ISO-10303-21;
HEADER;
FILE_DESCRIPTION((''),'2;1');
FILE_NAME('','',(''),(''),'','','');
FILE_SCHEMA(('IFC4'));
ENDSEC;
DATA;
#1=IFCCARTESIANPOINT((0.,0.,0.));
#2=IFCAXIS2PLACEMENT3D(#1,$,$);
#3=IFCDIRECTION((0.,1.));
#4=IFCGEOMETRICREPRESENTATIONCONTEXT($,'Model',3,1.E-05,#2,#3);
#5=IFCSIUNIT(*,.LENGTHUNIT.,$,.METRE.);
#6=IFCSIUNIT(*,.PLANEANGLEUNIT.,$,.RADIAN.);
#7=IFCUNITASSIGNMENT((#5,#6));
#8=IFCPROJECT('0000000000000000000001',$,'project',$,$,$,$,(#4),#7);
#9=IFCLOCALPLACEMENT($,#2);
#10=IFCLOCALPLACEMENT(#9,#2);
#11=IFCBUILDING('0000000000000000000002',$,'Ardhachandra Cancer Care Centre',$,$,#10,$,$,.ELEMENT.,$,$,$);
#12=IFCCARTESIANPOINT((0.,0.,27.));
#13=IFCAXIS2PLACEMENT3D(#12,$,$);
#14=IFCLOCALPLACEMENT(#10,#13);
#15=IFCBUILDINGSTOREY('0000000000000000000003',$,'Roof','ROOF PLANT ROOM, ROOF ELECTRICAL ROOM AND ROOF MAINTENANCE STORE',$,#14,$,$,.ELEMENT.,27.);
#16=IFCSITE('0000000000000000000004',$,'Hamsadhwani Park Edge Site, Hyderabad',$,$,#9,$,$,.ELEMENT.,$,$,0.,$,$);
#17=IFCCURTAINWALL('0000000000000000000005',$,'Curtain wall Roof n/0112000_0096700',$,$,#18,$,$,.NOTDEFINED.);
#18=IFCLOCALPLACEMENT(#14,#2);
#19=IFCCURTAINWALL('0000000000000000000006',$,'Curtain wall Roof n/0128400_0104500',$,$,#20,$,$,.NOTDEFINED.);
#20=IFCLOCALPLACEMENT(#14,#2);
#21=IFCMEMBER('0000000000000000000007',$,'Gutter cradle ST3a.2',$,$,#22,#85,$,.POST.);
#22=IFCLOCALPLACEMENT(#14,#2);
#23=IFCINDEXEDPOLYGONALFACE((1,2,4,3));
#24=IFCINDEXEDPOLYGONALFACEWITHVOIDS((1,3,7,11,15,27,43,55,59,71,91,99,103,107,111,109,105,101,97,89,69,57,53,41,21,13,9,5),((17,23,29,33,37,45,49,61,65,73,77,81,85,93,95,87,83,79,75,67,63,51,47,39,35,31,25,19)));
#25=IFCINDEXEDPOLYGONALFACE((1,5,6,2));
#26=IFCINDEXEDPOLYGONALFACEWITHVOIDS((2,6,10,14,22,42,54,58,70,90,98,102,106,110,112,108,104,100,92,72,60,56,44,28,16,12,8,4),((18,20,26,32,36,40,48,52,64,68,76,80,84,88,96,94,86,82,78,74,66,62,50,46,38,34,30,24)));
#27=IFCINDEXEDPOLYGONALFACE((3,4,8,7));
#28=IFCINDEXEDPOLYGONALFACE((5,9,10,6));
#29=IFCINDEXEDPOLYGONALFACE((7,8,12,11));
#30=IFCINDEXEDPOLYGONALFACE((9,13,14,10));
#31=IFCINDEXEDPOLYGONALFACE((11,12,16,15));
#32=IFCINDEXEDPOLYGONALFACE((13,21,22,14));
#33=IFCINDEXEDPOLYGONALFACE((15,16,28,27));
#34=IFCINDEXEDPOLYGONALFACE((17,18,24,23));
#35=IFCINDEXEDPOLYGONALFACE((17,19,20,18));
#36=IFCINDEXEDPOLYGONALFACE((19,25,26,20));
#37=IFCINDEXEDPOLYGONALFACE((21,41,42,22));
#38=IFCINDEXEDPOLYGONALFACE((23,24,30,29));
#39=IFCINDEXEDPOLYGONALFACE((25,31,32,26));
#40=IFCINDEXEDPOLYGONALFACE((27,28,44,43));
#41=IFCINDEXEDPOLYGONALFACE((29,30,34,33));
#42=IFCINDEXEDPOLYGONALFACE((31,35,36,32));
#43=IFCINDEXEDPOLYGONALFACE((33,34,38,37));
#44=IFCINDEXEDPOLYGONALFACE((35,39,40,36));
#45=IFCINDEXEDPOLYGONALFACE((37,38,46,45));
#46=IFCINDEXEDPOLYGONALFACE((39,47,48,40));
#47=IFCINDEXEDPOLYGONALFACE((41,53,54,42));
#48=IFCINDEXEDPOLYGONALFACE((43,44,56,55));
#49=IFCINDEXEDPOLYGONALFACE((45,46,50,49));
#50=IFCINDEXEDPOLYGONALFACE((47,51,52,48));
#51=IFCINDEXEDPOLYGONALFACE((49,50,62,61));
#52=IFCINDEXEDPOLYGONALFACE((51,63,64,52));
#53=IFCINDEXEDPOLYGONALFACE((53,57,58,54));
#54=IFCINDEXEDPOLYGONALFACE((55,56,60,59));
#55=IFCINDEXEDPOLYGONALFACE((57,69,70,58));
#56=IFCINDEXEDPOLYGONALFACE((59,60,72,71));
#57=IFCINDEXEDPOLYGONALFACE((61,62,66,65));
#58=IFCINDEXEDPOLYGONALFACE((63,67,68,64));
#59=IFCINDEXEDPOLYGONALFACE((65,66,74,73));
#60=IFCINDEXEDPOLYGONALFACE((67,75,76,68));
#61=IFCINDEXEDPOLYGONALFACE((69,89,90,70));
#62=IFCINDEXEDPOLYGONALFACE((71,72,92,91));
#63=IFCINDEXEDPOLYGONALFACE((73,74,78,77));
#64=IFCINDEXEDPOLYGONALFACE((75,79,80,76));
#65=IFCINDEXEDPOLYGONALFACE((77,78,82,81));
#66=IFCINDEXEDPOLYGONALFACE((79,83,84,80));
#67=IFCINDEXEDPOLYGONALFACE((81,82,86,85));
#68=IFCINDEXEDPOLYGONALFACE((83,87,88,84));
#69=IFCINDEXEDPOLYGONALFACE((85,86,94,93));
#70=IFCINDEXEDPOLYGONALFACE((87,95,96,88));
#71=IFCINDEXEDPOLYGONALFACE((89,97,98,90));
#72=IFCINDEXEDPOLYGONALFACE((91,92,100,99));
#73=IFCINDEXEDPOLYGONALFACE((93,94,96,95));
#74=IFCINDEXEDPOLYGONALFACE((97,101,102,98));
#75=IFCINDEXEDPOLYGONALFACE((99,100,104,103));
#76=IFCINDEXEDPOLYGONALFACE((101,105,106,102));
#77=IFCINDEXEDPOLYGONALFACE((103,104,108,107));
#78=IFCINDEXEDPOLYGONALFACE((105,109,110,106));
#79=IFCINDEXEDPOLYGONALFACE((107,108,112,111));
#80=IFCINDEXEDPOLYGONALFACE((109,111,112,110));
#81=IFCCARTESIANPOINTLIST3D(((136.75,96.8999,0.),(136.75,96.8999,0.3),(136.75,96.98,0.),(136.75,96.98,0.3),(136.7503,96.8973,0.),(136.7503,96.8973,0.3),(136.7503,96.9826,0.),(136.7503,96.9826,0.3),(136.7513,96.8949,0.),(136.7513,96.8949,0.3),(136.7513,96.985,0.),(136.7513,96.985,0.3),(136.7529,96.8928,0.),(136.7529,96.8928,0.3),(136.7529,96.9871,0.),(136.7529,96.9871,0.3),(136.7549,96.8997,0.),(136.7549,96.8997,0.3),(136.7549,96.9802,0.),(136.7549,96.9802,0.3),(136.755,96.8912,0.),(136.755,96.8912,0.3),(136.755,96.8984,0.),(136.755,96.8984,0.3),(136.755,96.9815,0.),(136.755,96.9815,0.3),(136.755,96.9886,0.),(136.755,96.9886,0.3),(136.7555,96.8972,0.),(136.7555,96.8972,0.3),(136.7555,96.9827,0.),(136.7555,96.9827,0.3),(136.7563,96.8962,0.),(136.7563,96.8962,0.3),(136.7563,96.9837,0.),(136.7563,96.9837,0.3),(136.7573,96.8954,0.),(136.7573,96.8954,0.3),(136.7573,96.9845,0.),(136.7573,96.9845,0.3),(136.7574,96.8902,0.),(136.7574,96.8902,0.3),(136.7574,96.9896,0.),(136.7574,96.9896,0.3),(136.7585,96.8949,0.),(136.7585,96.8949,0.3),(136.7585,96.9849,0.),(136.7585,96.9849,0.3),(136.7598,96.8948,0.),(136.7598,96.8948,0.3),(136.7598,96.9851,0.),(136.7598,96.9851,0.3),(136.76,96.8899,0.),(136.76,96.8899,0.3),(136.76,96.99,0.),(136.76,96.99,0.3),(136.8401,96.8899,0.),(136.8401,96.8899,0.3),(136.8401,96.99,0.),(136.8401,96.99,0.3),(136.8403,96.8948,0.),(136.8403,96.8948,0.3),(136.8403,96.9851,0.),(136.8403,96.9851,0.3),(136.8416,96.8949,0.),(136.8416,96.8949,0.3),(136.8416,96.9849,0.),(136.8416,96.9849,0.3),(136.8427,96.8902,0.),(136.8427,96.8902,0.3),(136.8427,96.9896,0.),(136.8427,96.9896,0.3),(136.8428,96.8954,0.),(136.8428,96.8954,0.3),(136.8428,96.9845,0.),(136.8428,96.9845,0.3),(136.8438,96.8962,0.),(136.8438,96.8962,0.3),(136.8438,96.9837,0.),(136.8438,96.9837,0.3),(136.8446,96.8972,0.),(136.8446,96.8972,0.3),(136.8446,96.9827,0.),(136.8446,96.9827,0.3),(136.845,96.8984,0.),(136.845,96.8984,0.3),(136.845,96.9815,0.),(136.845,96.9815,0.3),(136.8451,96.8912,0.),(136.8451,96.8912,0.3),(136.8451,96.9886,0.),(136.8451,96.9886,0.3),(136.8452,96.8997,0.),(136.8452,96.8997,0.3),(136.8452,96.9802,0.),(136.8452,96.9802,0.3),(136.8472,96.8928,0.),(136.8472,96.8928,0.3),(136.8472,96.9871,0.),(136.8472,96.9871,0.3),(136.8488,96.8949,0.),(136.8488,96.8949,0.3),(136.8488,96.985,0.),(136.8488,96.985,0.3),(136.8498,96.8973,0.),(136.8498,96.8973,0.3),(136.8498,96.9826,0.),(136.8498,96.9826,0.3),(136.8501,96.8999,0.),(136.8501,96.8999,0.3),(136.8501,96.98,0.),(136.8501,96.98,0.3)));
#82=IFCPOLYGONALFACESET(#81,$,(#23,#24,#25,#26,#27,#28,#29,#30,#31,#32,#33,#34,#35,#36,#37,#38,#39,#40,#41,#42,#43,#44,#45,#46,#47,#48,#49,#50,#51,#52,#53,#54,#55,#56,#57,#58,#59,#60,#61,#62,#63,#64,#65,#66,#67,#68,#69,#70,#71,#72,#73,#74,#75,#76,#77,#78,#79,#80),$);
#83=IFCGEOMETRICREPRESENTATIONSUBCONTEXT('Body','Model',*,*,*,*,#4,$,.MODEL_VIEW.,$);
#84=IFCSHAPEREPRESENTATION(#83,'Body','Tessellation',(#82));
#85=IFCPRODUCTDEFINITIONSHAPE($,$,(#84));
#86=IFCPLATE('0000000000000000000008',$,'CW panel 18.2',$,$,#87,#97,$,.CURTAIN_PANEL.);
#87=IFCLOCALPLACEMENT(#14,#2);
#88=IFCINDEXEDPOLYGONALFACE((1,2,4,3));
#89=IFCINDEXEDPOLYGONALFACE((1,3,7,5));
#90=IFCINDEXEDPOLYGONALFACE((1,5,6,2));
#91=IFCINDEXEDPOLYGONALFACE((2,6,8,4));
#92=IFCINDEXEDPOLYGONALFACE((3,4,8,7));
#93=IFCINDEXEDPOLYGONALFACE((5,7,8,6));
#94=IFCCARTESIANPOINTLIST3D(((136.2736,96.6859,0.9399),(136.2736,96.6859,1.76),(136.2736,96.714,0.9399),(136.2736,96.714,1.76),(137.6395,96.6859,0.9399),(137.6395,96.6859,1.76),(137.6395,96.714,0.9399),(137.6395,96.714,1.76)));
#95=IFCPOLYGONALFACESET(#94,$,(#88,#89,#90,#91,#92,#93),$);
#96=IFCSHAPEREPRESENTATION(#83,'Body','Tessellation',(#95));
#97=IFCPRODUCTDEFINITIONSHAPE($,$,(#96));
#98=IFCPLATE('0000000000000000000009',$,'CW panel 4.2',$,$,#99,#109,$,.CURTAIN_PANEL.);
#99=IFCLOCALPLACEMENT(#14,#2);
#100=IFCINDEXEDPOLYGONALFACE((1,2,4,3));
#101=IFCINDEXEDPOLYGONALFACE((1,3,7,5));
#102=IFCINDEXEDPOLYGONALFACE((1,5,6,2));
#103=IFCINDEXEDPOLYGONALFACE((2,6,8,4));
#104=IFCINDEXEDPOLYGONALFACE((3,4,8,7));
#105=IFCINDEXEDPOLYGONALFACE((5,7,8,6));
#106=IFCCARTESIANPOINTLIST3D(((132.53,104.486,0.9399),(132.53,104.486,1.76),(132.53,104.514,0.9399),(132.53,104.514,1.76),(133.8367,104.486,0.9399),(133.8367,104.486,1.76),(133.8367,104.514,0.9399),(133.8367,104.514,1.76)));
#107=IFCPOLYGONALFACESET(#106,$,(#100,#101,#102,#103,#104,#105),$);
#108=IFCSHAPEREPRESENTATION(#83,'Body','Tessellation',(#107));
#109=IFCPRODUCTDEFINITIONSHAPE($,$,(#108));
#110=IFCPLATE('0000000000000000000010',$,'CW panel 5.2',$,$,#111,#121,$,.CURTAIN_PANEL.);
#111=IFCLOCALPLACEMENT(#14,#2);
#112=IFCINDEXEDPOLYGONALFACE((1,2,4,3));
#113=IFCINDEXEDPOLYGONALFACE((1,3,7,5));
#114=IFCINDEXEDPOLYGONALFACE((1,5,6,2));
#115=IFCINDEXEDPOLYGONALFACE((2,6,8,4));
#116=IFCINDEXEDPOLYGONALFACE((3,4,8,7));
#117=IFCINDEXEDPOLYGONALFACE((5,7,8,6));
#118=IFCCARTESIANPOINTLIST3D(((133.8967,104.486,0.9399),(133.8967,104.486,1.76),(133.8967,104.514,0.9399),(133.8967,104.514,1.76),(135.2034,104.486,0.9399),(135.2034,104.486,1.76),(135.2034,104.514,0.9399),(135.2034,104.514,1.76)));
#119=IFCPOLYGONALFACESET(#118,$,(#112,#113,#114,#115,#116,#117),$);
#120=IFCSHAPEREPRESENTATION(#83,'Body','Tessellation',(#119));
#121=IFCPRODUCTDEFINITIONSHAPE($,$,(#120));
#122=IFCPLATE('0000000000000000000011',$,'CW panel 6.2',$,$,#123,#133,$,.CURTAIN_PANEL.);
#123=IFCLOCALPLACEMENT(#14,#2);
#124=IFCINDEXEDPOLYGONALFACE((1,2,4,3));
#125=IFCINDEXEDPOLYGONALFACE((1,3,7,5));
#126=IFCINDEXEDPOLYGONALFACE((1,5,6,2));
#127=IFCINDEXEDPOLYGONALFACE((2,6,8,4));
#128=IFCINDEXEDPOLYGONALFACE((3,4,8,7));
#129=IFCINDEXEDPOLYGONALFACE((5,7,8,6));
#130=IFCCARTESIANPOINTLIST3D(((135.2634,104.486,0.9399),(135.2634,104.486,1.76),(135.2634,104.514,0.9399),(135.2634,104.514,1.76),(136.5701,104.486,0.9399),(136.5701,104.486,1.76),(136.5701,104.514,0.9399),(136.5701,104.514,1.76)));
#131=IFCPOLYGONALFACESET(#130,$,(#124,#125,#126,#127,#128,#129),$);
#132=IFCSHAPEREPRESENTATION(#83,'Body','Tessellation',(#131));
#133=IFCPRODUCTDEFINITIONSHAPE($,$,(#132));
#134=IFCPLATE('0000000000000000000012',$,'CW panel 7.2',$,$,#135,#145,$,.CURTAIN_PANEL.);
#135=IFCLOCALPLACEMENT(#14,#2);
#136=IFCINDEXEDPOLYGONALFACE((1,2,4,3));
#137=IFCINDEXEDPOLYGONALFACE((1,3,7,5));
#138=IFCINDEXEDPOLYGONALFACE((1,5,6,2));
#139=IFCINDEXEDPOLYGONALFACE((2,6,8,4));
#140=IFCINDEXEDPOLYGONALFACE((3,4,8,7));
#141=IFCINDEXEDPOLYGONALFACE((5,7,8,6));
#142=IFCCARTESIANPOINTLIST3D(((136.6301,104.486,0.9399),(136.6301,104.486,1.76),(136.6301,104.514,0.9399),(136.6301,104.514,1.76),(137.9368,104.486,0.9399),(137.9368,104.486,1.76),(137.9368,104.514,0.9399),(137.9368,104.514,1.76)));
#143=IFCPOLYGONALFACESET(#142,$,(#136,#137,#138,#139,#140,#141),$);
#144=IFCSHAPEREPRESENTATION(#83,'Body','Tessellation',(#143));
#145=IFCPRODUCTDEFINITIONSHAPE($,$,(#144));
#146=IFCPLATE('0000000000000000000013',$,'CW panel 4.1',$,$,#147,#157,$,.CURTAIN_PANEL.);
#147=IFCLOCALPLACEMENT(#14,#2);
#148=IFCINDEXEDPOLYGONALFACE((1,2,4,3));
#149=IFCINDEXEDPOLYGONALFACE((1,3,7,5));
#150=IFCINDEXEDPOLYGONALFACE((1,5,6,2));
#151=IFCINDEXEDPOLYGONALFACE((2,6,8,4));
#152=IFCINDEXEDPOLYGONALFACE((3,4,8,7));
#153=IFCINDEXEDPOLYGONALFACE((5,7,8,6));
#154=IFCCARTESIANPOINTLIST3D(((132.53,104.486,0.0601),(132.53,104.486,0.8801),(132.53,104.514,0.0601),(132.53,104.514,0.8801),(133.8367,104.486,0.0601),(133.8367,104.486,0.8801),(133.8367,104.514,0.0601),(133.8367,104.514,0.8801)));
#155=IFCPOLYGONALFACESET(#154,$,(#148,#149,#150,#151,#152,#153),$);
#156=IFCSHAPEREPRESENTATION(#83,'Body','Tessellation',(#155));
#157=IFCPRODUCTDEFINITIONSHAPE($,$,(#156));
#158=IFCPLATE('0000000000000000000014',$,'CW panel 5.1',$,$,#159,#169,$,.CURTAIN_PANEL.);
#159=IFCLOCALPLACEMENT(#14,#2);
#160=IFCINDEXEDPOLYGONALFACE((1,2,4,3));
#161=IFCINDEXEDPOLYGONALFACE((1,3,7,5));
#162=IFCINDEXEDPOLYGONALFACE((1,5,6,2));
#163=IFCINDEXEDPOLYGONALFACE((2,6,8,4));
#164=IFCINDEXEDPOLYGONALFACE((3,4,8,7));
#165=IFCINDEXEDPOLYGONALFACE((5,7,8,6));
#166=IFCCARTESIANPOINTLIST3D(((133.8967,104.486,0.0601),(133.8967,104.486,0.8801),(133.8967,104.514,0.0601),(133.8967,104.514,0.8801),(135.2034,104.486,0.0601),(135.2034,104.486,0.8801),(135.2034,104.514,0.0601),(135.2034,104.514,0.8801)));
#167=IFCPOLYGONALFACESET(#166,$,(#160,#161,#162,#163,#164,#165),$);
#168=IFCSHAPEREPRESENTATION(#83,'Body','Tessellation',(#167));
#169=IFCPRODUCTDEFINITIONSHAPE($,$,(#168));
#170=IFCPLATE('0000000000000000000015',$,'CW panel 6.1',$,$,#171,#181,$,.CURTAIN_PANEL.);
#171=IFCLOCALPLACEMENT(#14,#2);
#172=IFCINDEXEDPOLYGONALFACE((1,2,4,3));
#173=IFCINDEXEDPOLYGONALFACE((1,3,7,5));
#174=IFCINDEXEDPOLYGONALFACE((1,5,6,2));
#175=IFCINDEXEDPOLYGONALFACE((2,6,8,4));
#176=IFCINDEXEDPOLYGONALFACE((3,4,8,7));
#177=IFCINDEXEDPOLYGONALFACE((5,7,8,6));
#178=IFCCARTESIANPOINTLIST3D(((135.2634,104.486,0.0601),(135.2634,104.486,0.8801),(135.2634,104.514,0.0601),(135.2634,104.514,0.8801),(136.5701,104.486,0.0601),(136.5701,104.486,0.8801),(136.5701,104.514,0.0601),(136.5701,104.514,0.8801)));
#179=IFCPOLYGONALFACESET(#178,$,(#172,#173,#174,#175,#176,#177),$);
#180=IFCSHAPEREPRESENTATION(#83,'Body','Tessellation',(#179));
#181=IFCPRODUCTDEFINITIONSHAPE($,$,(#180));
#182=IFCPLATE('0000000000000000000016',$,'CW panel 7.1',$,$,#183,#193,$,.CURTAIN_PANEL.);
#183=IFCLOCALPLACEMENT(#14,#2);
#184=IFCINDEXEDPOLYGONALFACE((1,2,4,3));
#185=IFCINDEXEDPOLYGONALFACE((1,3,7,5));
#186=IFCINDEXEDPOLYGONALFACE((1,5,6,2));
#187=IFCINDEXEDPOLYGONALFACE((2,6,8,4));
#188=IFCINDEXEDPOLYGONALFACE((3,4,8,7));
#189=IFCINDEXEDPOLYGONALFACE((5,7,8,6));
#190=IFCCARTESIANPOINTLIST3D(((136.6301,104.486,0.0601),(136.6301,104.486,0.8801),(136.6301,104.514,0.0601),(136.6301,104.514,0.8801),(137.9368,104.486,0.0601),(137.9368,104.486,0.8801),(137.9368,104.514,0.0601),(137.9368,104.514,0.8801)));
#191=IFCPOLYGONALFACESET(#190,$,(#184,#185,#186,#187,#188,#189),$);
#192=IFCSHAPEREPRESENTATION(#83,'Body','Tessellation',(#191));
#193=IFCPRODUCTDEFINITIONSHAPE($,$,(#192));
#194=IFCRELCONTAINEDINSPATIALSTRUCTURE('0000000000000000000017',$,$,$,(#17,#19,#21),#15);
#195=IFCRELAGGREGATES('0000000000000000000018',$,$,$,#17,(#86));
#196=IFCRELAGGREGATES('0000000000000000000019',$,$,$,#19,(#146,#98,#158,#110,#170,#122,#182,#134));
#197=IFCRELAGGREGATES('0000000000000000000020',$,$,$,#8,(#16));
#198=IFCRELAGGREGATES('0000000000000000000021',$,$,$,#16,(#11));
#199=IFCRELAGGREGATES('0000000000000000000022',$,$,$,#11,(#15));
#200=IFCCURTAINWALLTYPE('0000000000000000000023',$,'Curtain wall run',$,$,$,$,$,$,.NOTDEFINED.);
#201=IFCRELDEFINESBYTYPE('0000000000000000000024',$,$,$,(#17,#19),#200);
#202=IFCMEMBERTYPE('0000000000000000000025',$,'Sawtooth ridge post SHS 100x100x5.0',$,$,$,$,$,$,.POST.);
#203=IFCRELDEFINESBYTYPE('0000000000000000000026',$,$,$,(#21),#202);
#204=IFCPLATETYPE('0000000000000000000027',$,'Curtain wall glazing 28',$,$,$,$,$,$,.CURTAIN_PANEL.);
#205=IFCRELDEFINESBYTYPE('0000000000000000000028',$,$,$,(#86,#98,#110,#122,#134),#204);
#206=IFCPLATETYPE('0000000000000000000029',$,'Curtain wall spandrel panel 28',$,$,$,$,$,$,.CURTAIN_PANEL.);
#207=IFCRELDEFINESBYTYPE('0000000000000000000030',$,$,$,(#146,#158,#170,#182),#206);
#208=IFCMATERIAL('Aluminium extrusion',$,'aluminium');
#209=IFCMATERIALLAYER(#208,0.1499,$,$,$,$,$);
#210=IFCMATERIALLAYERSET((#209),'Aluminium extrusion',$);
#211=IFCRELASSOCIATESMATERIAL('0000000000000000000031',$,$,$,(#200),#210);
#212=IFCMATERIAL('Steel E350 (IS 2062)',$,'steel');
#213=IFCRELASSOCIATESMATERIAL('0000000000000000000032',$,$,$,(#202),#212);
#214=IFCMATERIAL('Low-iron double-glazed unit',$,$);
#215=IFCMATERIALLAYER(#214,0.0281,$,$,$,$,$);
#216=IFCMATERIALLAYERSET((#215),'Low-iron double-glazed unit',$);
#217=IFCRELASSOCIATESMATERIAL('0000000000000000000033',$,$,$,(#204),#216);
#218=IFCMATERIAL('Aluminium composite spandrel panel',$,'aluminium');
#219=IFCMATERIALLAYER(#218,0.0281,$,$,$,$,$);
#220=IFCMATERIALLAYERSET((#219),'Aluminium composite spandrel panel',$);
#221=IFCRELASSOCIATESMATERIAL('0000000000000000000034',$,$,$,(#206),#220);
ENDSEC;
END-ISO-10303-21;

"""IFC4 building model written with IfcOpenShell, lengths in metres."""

from ifc_helpers import new_model, si_unit, direction, frame, origin, origin_2d, place, context, subcontext, project, spatial, rectangle, hollow_rectangle, extrude, material, layer, layer_set, material_profile, profile_set, type_object, element, aggregate, save


model = new_model("IFC4")

# Units and contexts
model_context = context("Model", 3, precision=1e-05, world=origin(), true_north=direction((0.0, 1.0)))
body_context = subcontext(model_context, "Body", "Model", "MODEL_VIEW")
ifc_project = project(units=[si_unit("LENGTHUNIT", "METRE"), si_unit("PLANEANGLEUNIT", "RADIAN")], contexts=[model_context])

# Site, building, storey
site_placement = place(None, origin())
site = spatial("IfcSite", under=ifc_project, at=site_placement, Name="Hamsadhwani Park Edge Site, Hyderabad", CompositionType="ELEMENT", RefElevation=0.0)
building_placement = place(site_placement, origin())
building = spatial("IfcBuilding", under=site, at=building_placement, Name="Ardhachandra Cancer Care Centre", CompositionType="ELEMENT")
storey_placement = place(building_placement, frame((0.0, 0.0, 27.0)))
storey = spatial("IfcBuildingStorey", under=building, at=storey_placement, Name="Roof", Description="ROOF PLANT ROOM, ROOF ELECTRICAL ROOM AND ROOF MAINTENANCE STORE", CompositionType="ELEMENT", Elevation=27.0)

# Curtain wall
ifc_material_1 = material(Name="Aluminium extrusion", Category="aluminium")
ifc_layer_1 = layer(ifc_material_1, 0.1499)
ifc_layer_set_1 = layer_set([ifc_layer_1], Name="Aluminium extrusion")
curtain_wall_type = type_object("IfcCurtainWallType", Name="Curtain wall run", PredefinedType="NOTDEFINED", material=ifc_layer_set_1)
curtain_wall_1_placement = place(storey_placement, origin())
curtain_wall_1 = element("IfcCurtainWall", 1, at=curtain_wall_1_placement, inside=storey, type_object=curtain_wall_type, Name="Curtain wall Roof n/0112000_0096700", PredefinedType="NOTDEFINED")

# Curtain wall
curtain_wall_2_placement = place(storey_placement, origin())
curtain_wall_2 = element("IfcCurtainWall", 2, at=curtain_wall_2_placement, inside=storey, type_object=curtain_wall_type, Name="Curtain wall Roof n/0128400_0104500", PredefinedType="NOTDEFINED")

# Member
ifc_material_2 = material(Name="Steel E350 (IS 2062)", Category="steel")
ifc_material_profile_1 = material_profile(ifc_material_2, hollow_rectangle(XDim=0.1001, YDim=0.1001, WallThickness=0.0049, InnerFilletRadius=0.0049, OuterFilletRadius=0.01, at=origin_2d()), Name="SHS 100x100x5.0")
ifc_profile_set_1 = profile_set([ifc_material_profile_1], Name="Steel E350 (IS 2062)")
member_type_1 = type_object("IfcMemberType", Name="Sawtooth ridge post SHS 100x100x5.0", PredefinedType="POST", material=ifc_profile_set_1)
member_1_placement = place(storey_placement, frame((136.8, 96.9399, 0.0), z_axis=(0.0, 0.0, 1.0), x_axis=(1.0, 0.0, 0.0)))
element("IfcMember", 3, at=member_1_placement, inside=storey, type_object=member_type_1, Name="Gutter cradle ST3a.2", PredefinedType="POST", context=body_context, shape_type="SweptSolid", body=[
    extrude(hollow_rectangle(XDim=0.1001, YDim=0.1001, WallThickness=0.0049, InnerFilletRadius=0.0049, OuterFilletRadius=0.01, at=origin_2d()), origin(), (0.0, 0.0, 1.0), 0.3),
])

# Plates
ifc_material_3 = material(Name="Low-iron double-glazed unit")
ifc_layer_2 = layer(ifc_material_3, 0.0281)
ifc_layer_set_2 = layer_set([ifc_layer_2], Name="Low-iron double-glazed unit")
plate_type_1 = type_object("IfcPlateType", Name="Curtain wall glazing 28", PredefinedType="CURTAIN_PANEL", material=ifc_layer_set_2)
plate_1_placement = place(storey_placement, frame((136.9565, 96.7, 0.9399), z_axis=(0.0, 0.0, 1.0), x_axis=(1.0, 0.0, 0.0)))
plate_1 = element("IfcPlate", 4, at=plate_1_placement, type_object=plate_type_1, Name="CW panel 18.2", PredefinedType="CURTAIN_PANEL", context=body_context, shape_type="SweptSolid", body=[
    extrude(rectangle(XDim=1.366, YDim=0.0281, at=origin_2d()), origin(), (0.0, 0.0, 1.0), 0.8201),
])
aggregate(curtain_wall_1, [plate_1])
plate_2_placement = place(storey_placement, frame((133.1833, 104.5, 0.9399), z_axis=(0.0, 0.0, 1.0), x_axis=(1.0, 0.0, 0.0)))
plate_2 = element("IfcPlate", 5, at=plate_2_placement, type_object=plate_type_1, Name="CW panel 4.2", PredefinedType="CURTAIN_PANEL", context=body_context, shape_type="SweptSolid", body=[
    extrude(rectangle(XDim=1.3066, YDim=0.0281, at=origin_2d()), origin(), (0.0, 0.0, 1.0), 0.8201),
])
plate_3_placement = place(storey_placement, frame((134.55, 104.5, 0.9399), z_axis=(0.0, 0.0, 1.0), x_axis=(1.0, 0.0, 0.0)))
plate_3 = element("IfcPlate", 6, at=plate_3_placement, type_object=plate_type_1, Name="CW panel 5.2", PredefinedType="CURTAIN_PANEL", context=body_context, shape_type="SweptSolid", body=[
    extrude(rectangle(XDim=1.3066, YDim=0.0281, at=origin_2d()), origin(), (0.0, 0.0, 1.0), 0.8201),
])
plate_4_placement = place(storey_placement, frame((135.9167, 104.5, 0.9399), z_axis=(0.0, 0.0, 1.0), x_axis=(1.0, 0.0, 0.0)))
plate_4 = element("IfcPlate", 7, at=plate_4_placement, type_object=plate_type_1, Name="CW panel 6.2", PredefinedType="CURTAIN_PANEL", context=body_context, shape_type="SweptSolid", body=[
    extrude(rectangle(XDim=1.3066, YDim=0.0281, at=origin_2d()), origin(), (0.0, 0.0, 1.0), 0.8201),
])
plate_5_placement = place(storey_placement, frame((137.2834, 104.5, 0.9399), z_axis=(0.0, 0.0, 1.0), x_axis=(1.0, 0.0, 0.0)))
plate_5 = element("IfcPlate", 8, at=plate_5_placement, type_object=plate_type_1, Name="CW panel 7.2", PredefinedType="CURTAIN_PANEL", context=body_context, shape_type="SweptSolid", body=[
    extrude(rectangle(XDim=1.3066, YDim=0.0281, at=origin_2d()), origin(), (0.0, 0.0, 1.0), 0.8201),
])
ifc_material_4 = material(Name="Aluminium composite spandrel panel", Category="aluminium")
ifc_layer_3 = layer(ifc_material_4, 0.0281)
ifc_layer_set_3 = layer_set([ifc_layer_3], Name="Aluminium composite spandrel panel")
plate_type_2 = type_object("IfcPlateType", Name="Curtain wall spandrel panel 28", PredefinedType="CURTAIN_PANEL", material=ifc_layer_set_3)
plate_6_placement = place(storey_placement, frame((133.1833, 104.5, 0.0601), z_axis=(0.0, 0.0, 1.0), x_axis=(1.0, 0.0, 0.0)))
plate_6 = element("IfcPlate", 9, at=plate_6_placement, type_object=plate_type_2, Name="CW panel 4.1", PredefinedType="CURTAIN_PANEL", context=body_context, shape_type="SweptSolid", body=[
    extrude(rectangle(XDim=1.3066, YDim=0.0281, at=origin_2d()), origin(), (0.0, 0.0, 1.0), 0.8201),
])
plate_7_placement = place(storey_placement, frame((134.55, 104.5, 0.0601), z_axis=(0.0, 0.0, 1.0), x_axis=(1.0, 0.0, 0.0)))
plate_7 = element("IfcPlate", 10, at=plate_7_placement, type_object=plate_type_2, Name="CW panel 5.1", PredefinedType="CURTAIN_PANEL", context=body_context, shape_type="SweptSolid", body=[
    extrude(rectangle(XDim=1.3066, YDim=0.0281, at=origin_2d()), origin(), (0.0, 0.0, 1.0), 0.8201),
])
plate_8_placement = place(storey_placement, frame((135.9167, 104.5, 0.0601), z_axis=(0.0, 0.0, 1.0), x_axis=(1.0, 0.0, 0.0)))
plate_8 = element("IfcPlate", 11, at=plate_8_placement, type_object=plate_type_2, Name="CW panel 6.1", PredefinedType="CURTAIN_PANEL", context=body_context, shape_type="SweptSolid", body=[
    extrude(rectangle(XDim=1.3066, YDim=0.0281, at=origin_2d()), origin(), (0.0, 0.0, 1.0), 0.8201),
])
plate_9_placement = place(storey_placement, frame((137.2834, 104.5, 0.0601), z_axis=(0.0, 0.0, 1.0), x_axis=(1.0, 0.0, 0.0)))
plate_9 = element("IfcPlate", 12, at=plate_9_placement, type_object=plate_type_2, Name="CW panel 7.1", PredefinedType="CURTAIN_PANEL", context=body_context, shape_type="SweptSolid", body=[
    extrude(rectangle(XDim=1.3066, YDim=0.0281, at=origin_2d()), origin(), (0.0, 0.0, 1.0), 0.8201),
])
aggregate(curtain_wall_2, [plate_6, plate_2, plate_7, plate_3, plate_8, plate_4, plate_9, plate_5])

save(model, "model.ifc")
